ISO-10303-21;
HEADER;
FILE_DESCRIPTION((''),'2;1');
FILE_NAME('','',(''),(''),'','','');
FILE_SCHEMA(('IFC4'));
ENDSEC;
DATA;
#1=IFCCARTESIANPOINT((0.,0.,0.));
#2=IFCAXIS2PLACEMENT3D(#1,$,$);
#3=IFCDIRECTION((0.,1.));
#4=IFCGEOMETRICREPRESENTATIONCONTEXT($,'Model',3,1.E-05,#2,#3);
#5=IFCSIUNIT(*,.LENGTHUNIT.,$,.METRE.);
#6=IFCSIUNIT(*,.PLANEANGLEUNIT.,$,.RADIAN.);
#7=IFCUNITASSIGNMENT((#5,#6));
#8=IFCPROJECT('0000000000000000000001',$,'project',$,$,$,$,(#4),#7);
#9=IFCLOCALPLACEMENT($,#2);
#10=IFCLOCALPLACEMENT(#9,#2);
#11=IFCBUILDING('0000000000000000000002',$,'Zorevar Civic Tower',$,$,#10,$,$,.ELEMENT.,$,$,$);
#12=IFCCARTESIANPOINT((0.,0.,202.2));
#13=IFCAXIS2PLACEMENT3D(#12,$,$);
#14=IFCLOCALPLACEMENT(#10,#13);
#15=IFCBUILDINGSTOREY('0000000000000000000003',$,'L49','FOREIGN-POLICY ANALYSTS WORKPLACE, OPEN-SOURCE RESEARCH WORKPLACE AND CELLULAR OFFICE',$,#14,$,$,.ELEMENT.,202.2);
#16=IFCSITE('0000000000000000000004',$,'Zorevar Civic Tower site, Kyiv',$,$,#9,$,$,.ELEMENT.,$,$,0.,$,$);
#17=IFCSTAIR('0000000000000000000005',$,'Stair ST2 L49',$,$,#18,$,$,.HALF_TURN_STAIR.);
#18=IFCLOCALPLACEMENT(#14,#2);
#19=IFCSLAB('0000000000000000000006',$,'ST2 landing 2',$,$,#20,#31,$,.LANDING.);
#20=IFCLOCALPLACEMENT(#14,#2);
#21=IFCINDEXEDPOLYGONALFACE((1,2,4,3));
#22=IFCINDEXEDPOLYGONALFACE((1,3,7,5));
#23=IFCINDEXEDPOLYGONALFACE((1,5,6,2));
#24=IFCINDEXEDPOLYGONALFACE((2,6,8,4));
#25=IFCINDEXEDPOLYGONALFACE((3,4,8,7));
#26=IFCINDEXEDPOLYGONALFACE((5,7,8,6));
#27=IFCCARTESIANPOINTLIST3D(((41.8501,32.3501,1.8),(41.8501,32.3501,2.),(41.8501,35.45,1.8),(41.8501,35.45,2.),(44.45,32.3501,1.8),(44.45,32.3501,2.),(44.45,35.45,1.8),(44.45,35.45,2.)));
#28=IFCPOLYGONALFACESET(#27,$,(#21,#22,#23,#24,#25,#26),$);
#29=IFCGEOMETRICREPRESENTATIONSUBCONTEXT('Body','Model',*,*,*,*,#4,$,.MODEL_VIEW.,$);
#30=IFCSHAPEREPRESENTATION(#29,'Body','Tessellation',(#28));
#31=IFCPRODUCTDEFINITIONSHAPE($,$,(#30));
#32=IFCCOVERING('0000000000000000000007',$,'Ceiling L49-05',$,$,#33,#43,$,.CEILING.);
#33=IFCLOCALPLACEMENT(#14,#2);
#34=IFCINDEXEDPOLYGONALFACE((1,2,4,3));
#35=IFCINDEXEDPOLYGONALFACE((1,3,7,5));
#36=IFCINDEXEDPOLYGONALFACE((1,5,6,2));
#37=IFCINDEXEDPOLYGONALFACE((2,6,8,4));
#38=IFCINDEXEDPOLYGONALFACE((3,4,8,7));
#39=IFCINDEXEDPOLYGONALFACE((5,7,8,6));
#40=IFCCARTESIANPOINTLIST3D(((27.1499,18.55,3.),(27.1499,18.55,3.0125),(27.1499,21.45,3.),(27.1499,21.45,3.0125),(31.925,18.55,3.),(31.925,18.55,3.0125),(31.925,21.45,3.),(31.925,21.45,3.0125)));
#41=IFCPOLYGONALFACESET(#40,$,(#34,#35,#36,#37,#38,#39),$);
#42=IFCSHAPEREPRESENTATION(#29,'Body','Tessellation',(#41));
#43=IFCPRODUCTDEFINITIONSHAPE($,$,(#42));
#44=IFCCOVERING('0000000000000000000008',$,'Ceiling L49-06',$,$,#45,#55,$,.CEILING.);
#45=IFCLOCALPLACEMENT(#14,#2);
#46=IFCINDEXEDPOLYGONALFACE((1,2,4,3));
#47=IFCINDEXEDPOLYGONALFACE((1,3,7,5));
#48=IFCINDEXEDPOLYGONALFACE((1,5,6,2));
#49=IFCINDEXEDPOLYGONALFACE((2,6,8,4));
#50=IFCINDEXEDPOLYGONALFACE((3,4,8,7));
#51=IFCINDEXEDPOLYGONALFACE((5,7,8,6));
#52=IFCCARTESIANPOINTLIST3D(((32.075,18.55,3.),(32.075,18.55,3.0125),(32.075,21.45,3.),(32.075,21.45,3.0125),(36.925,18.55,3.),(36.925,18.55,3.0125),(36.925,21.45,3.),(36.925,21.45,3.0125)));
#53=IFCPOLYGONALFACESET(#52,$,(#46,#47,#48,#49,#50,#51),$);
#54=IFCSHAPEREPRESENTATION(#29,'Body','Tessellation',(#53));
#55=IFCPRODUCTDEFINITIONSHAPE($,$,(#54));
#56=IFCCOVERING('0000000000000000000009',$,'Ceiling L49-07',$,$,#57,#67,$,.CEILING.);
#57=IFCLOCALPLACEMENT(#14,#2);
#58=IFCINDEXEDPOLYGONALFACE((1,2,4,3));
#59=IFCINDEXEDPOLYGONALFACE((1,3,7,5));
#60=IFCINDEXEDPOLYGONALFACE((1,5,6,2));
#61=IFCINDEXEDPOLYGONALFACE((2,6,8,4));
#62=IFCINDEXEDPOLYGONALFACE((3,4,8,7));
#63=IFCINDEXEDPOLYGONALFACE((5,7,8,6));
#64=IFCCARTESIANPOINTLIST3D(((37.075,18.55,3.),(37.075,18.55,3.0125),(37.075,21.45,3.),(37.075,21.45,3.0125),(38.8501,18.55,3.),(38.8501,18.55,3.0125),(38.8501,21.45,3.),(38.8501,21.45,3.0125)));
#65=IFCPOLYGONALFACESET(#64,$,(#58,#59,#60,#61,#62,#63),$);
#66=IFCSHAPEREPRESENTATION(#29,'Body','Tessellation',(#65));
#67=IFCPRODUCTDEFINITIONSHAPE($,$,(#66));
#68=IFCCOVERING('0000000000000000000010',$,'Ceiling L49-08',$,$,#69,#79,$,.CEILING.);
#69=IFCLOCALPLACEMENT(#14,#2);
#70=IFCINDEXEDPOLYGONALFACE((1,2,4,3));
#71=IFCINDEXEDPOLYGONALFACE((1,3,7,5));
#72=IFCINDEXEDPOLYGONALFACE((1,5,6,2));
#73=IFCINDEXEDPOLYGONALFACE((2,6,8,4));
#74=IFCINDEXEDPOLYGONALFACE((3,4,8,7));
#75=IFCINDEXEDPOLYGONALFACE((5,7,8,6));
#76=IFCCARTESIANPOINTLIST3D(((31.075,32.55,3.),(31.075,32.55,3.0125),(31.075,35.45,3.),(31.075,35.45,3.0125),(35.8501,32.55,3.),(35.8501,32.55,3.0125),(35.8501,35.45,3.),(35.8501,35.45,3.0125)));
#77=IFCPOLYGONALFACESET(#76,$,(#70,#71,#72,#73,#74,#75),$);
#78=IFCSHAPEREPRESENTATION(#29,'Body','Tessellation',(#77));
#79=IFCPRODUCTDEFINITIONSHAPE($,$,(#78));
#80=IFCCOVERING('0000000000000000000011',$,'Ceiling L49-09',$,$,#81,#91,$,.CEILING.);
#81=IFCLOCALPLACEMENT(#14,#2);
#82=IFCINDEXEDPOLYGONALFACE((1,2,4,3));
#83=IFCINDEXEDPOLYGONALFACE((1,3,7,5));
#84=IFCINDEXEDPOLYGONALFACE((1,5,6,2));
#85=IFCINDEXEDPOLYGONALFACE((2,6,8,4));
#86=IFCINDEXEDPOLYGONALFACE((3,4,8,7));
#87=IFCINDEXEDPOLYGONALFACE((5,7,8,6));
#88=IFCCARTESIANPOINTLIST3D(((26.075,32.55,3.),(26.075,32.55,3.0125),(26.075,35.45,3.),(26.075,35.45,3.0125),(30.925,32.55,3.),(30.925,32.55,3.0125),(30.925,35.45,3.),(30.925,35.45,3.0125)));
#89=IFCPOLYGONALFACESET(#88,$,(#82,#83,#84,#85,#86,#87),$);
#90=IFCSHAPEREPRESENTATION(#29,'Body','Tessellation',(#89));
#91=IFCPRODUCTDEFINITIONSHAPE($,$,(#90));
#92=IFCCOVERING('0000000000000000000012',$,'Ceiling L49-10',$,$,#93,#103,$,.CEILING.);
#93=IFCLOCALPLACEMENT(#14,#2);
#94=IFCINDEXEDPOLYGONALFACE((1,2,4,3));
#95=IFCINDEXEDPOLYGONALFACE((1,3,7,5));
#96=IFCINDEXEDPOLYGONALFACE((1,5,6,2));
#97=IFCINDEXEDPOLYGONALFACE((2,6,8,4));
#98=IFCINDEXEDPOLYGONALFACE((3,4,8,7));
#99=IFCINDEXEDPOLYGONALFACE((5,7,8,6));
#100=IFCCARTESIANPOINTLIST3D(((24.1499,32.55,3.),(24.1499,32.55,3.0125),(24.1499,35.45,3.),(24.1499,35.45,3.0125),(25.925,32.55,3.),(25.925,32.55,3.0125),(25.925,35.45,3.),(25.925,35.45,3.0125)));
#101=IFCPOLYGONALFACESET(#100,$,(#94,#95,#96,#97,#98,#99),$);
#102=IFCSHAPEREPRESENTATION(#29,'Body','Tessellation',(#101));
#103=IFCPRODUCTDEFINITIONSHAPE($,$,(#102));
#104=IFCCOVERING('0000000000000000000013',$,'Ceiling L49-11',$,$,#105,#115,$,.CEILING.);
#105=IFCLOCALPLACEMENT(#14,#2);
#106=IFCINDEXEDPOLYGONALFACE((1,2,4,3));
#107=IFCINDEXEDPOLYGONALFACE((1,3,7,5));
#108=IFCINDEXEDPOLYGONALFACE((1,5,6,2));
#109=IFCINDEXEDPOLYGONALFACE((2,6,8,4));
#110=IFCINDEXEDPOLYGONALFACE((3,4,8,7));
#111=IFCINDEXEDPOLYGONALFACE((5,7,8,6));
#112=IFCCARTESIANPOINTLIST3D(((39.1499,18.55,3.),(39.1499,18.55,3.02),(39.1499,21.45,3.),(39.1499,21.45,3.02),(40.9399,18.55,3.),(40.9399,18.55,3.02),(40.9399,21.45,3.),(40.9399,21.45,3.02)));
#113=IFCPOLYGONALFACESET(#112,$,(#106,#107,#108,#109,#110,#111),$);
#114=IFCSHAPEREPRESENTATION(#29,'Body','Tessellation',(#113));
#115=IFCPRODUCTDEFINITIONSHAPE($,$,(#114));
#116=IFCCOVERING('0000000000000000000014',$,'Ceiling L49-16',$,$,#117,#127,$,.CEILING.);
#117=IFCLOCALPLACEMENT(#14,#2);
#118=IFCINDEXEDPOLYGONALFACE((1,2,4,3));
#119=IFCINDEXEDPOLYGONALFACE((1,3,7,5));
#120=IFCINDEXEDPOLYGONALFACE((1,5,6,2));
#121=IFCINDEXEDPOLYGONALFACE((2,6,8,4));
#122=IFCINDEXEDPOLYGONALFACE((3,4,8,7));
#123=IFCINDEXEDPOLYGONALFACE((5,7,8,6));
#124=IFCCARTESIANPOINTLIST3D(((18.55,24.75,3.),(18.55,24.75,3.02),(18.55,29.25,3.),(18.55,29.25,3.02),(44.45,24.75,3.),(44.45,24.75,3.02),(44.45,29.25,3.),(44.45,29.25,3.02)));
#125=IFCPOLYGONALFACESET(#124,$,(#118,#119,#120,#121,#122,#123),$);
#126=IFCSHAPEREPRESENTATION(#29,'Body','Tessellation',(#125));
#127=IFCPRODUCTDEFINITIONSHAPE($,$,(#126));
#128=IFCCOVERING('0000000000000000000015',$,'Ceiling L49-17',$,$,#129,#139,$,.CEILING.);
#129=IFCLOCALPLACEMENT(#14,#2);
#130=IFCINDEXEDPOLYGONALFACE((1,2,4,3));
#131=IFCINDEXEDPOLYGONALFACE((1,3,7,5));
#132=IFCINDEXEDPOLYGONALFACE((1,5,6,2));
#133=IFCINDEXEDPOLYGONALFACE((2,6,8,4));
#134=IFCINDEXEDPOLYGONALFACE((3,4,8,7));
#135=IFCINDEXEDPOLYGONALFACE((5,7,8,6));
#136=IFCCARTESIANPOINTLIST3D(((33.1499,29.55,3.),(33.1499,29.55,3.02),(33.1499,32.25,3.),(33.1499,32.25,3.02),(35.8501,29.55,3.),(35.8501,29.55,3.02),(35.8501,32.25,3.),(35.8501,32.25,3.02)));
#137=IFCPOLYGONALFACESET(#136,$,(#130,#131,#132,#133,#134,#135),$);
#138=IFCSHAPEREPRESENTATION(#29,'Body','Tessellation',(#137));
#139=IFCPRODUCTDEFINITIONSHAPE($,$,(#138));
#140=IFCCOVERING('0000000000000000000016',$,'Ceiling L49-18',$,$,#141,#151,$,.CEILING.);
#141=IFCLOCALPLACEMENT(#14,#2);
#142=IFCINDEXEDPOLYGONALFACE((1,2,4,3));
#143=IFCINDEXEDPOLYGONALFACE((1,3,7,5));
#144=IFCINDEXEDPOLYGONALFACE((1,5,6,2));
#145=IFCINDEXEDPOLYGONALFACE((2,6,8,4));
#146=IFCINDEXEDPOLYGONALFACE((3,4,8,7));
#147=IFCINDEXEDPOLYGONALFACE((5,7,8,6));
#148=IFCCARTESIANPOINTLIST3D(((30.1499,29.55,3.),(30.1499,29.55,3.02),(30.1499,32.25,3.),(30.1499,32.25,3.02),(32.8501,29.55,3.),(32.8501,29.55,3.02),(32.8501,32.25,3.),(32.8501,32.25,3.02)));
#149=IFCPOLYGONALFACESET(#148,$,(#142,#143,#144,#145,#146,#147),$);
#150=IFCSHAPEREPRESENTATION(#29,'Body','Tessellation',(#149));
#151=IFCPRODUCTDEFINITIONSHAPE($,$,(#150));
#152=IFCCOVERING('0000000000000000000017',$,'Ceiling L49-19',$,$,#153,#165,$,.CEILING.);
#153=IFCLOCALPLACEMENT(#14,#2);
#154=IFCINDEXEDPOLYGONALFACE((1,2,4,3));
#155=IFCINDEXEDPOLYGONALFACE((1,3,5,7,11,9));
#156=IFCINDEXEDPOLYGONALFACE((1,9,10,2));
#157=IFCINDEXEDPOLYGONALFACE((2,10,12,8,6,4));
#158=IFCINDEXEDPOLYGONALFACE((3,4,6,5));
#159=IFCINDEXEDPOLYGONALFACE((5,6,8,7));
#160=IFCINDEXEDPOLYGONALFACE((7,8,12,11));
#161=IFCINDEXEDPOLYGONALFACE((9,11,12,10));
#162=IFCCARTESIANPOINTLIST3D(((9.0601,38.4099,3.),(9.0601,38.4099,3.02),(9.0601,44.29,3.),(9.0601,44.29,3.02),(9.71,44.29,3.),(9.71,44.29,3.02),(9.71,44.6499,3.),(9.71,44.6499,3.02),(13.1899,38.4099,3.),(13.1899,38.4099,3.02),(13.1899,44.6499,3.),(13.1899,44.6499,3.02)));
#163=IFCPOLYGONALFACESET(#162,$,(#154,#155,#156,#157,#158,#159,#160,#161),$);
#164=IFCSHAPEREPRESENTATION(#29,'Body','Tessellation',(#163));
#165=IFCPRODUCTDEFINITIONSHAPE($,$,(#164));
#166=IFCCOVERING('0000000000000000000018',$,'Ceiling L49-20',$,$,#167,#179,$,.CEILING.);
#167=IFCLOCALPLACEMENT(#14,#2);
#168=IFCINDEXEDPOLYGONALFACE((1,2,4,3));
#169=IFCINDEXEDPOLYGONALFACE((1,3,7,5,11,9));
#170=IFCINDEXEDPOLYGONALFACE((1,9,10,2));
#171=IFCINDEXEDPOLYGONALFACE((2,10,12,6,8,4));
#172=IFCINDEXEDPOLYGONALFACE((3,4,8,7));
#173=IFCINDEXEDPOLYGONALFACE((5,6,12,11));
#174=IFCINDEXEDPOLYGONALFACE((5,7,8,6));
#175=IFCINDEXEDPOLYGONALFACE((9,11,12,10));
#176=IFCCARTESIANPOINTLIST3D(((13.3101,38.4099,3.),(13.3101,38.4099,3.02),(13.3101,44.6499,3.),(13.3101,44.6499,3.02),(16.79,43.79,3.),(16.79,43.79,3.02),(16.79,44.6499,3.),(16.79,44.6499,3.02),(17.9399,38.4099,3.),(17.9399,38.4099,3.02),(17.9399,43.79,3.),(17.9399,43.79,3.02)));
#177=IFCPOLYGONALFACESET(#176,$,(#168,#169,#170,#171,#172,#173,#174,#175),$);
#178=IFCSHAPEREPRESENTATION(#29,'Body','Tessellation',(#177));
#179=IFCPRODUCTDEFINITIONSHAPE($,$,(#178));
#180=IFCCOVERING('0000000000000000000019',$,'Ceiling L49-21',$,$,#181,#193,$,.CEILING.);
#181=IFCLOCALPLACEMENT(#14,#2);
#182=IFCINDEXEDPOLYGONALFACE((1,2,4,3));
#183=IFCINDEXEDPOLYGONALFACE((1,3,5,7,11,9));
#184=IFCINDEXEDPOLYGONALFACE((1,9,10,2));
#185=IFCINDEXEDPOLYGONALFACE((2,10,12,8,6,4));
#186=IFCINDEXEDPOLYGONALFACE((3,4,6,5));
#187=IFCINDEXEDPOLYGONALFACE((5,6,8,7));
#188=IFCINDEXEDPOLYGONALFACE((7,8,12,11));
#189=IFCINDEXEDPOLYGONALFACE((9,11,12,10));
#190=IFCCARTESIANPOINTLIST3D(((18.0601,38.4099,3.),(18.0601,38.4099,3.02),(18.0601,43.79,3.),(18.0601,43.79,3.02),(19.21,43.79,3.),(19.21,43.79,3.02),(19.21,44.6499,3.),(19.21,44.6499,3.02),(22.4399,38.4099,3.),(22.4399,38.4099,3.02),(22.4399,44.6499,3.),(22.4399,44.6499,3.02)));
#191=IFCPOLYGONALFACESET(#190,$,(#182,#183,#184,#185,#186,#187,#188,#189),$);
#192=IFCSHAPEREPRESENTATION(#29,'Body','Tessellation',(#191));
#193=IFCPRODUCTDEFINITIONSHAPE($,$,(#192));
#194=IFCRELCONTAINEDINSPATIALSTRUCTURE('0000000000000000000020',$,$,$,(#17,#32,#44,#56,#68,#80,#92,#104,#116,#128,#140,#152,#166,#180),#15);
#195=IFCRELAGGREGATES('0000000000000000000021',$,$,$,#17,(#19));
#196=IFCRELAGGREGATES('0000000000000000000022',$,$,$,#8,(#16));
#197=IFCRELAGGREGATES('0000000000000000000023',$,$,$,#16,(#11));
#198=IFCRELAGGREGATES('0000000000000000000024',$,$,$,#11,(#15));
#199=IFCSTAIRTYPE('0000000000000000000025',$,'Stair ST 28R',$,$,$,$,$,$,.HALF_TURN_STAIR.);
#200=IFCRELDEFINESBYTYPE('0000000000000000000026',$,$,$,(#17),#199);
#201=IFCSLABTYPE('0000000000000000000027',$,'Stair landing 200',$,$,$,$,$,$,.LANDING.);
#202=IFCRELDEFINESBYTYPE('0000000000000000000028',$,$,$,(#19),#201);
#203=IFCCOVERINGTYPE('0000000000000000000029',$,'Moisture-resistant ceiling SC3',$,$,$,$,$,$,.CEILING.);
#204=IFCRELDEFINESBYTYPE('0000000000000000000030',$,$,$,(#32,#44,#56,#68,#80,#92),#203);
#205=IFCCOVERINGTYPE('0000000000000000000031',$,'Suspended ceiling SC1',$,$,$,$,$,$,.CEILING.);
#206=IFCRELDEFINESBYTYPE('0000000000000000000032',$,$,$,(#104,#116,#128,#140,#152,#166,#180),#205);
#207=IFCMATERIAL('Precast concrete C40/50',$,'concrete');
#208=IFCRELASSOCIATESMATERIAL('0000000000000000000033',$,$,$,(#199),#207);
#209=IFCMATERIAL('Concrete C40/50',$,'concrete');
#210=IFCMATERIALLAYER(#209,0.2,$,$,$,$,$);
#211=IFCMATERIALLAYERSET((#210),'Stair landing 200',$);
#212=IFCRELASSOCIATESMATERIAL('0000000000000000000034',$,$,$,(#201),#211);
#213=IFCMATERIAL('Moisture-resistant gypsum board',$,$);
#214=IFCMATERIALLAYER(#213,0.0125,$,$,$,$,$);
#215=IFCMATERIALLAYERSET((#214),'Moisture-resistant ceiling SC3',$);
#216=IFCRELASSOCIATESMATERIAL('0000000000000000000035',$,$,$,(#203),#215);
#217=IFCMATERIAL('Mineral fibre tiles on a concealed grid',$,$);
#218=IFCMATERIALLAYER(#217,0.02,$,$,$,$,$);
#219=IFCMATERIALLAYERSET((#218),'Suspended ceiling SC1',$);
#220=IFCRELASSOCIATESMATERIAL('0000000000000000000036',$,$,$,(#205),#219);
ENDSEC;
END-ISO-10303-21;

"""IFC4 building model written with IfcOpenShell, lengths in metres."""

from ifc_helpers import new_model, si_unit, direction, frame, origin, place, context, subcontext, project, spatial, polyline, outline, extrude, material, layer, layer_set, type_object, element, aggregate, save


model = new_model("IFC4")

# Units and contexts
model_context = context("Model", 3, precision=1e-05, world=origin(), true_north=direction((0.0, 1.0)))
body_context = subcontext(model_context, "Body", "Model", "MODEL_VIEW")
ifc_project = project(units=[si_unit("LENGTHUNIT", "METRE"), si_unit("PLANEANGLEUNIT", "RADIAN")], contexts=[model_context])

# Site, building, storey
site_placement = place(None, origin())
site = spatial("IfcSite", under=ifc_project, at=site_placement, Name="Zorevar Civic Tower site, Kyiv", CompositionType="ELEMENT", RefElevation=0.0)
building_placement = place(site_placement, origin())
building = spatial("IfcBuilding", under=site, at=building_placement, Name="Zorevar Civic Tower", CompositionType="ELEMENT")
storey_placement = place(building_placement, frame((0.0, 0.0, 202.2)))
storey = spatial("IfcBuildingStorey", under=building, at=storey_placement, Name="L49", Description="FOREIGN-POLICY ANALYSTS WORKPLACE, OPEN-SOURCE RESEARCH WORKPLACE AND CELLULAR OFFICE", CompositionType="ELEMENT", Elevation=202.2)

# Stair, slab
ifc_material_1 = material(Name="Precast concrete C40/50", Category="concrete")
stair_type = type_object("IfcStairType", Name="Stair ST 28R", PredefinedType="HALF_TURN_STAIR", material=ifc_material_1)
ifc_material_2 = material(Name="Concrete C40/50", Category="concrete")
ifc_layer_1 = layer(ifc_material_2, 0.2)
ifc_layer_set_1 = layer_set([ifc_layer_1], Name="Stair landing 200")
slab_type_1 = type_object("IfcSlabType", Name="Stair landing 200", PredefinedType="LANDING", material=ifc_layer_set_1)
stair_1_placement = place(storey_placement, origin())
stair_1 = element("IfcStair", 1, at=stair_1_placement, inside=storey, type_object=stair_type, Name="Stair ST2 L49", PredefinedType="HALF_TURN_STAIR")
slab_1_placement = place(storey_placement, frame((0.0, 0.0, 1.8)))
slab_1 = element("IfcSlab", 2, at=slab_1_placement, type_object=slab_type_1, Name="ST2 landing 2", PredefinedType="LANDING", context=body_context, shape_type="SweptSolid", body=[
    extrude(outline(polyline([(44.45, 32.3501), (41.8501, 32.3501), (41.8501, 35.45), (44.45, 35.45), (44.45, 32.3501)])), origin(), (0.0, 0.0, 1.0), 0.2),
])
aggregate(stair_1, [slab_1])

# Coverings
ifc_material_3 = material(Name="Moisture-resistant gypsum board")
ifc_layer_2 = layer(ifc_material_3, 0.0125)
ifc_layer_set_2 = layer_set([ifc_layer_2], Name="Moisture-resistant ceiling SC3")
covering_type_1 = type_object("IfcCoveringType", Name="Moisture-resistant ceiling SC3", PredefinedType="CEILING", material=ifc_layer_set_2)
covering_1_placement = place(storey_placement, frame((0.0, 0.0, 3.0)))
element("IfcCovering", 3, at=covering_1_placement, inside=storey, type_object=covering_type_1, Name="Ceiling L49-05", PredefinedType="CEILING", context=body_context, shape_type="SweptSolid", body=[
    extrude(outline(polyline([(31.925, 18.55), (31.925, 21.45), (27.1499, 21.45), (27.1499, 18.55), (31.925, 18.55)])), origin(), (0.0, 0.0, 1.0), 0.0125),
])
covering_2_placement = place(storey_placement, frame((0.0, 0.0, 3.0)))
element("IfcCovering", 4, at=covering_2_placement, inside=storey, type_object=covering_type_1, Name="Ceiling L49-06", PredefinedType="CEILING", context=body_context, shape_type="SweptSolid", body=[
    extrude(outline(polyline([(36.925, 18.55), (36.925, 21.45), (32.075, 21.45), (32.075, 18.55), (36.925, 18.55)])), origin(), (0.0, 0.0, 1.0), 0.0125),
])
covering_3_placement = place(storey_placement, frame((0.0, 0.0, 3.0)))
element("IfcCovering", 5, at=covering_3_placement, inside=storey, type_object=covering_type_1, Name="Ceiling L49-07", PredefinedType="CEILING", context=body_context, shape_type="SweptSolid", body=[
    extrude(outline(polyline([(38.8501, 18.55), (38.8501, 21.45), (37.075, 21.45), (37.075, 18.55), (38.8501, 18.55)])), origin(), (0.0, 0.0, 1.0), 0.0125),
])
covering_4_placement = place(storey_placement, frame((0.0, 0.0, 3.0)))
element("IfcCovering", 6, at=covering_4_placement, inside=storey, type_object=covering_type_1, Name="Ceiling L49-08", PredefinedType="CEILING", context=body_context, shape_type="SweptSolid", body=[
    extrude(outline(polyline([(35.8501, 32.55), (35.8501, 35.45), (31.075, 35.45), (31.075, 32.55), (35.8501, 32.55)])), origin(), (0.0, 0.0, 1.0), 0.0125),
])
covering_5_placement = place(storey_placement, frame((0.0, 0.0, 3.0)))
element("IfcCovering", 7, at=covering_5_placement, inside=storey, type_object=covering_type_1, Name="Ceiling L49-09", PredefinedType="CEILING", context=body_context, shape_type="SweptSolid", body=[
    extrude(outline(polyline([(30.925, 32.55), (30.925, 35.45), (26.075, 35.45), (26.075, 32.55), (30.925, 32.55)])), origin(), (0.0, 0.0, 1.0), 0.0125),
])
covering_6_placement = place(storey_placement, frame((0.0, 0.0, 3.0)))
element("IfcCovering", 8, at=covering_6_placement, inside=storey, type_object=covering_type_1, Name="Ceiling L49-10", PredefinedType="CEILING", context=body_context, shape_type="SweptSolid", body=[
    extrude(outline(polyline([(25.925, 32.55), (25.925, 35.45), (24.1499, 35.45), (24.1499, 32.55), (25.925, 32.55)])), origin(), (0.0, 0.0, 1.0), 0.0125),
])
ifc_material_4 = material(Name="Mineral fibre tiles on a concealed grid")
ifc_layer_3 = layer(ifc_material_4, 0.02)
ifc_layer_set_3 = layer_set([ifc_layer_3], Name="Suspended ceiling SC1")
covering_type_2 = type_object("IfcCoveringType", Name="Suspended ceiling SC1", PredefinedType="CEILING", material=ifc_layer_set_3)
covering_7_placement = place(storey_placement, frame((0.0, 0.0, 3.0)))
element("IfcCovering", 9, at=covering_7_placement, inside=storey, type_object=covering_type_2, Name="Ceiling L49-11", PredefinedType="CEILING", context=body_context, shape_type="SweptSolid", body=[
    extrude(outline(polyline([(40.9399, 18.55), (40.9399, 21.45), (39.1499, 21.45), (39.1499, 18.55), (40.9399, 18.55)])), origin(), (0.0, 0.0, 1.0), 0.02),
])
covering_8_placement = place(storey_placement, frame((0.0, 0.0, 3.0)))
element("IfcCovering", 10, at=covering_8_placement, inside=storey, type_object=covering_type_2, Name="Ceiling L49-16", PredefinedType="CEILING", context=body_context, shape_type="SweptSolid", body=[
    extrude(outline(polyline([(44.45, 24.75), (44.45, 29.25), (18.55, 29.25), (18.55, 24.75), (44.45, 24.75)])), origin(), (0.0, 0.0, 1.0), 0.02),
])
covering_9_placement = place(storey_placement, frame((0.0, 0.0, 3.0)))
element("IfcCovering", 11, at=covering_9_placement, inside=storey, type_object=covering_type_2, Name="Ceiling L49-17", PredefinedType="CEILING", context=body_context, shape_type="SweptSolid", body=[
    extrude(outline(polyline([(35.8501, 29.55), (35.8501, 32.25), (33.1499, 32.25), (33.1499, 29.55), (35.8501, 29.55)])), origin(), (0.0, 0.0, 1.0), 0.02),
])
covering_10_placement = place(storey_placement, frame((0.0, 0.0, 3.0)))
element("IfcCovering", 12, at=covering_10_placement, inside=storey, type_object=covering_type_2, Name="Ceiling L49-18", PredefinedType="CEILING", context=body_context, shape_type="SweptSolid", body=[
    extrude(outline(polyline([(32.8501, 29.55), (32.8501, 32.25), (30.1499, 32.25), (30.1499, 29.55), (32.8501, 29.55)])), origin(), (0.0, 0.0, 1.0), 0.02),
])
covering_11_placement = place(storey_placement, frame((0.0, 0.0, 3.0)))
element("IfcCovering", 13, at=covering_11_placement, inside=storey, type_object=covering_type_2, Name="Ceiling L49-19", PredefinedType="CEILING", context=body_context, shape_type="SweptSolid", body=[
    extrude(outline(polyline([(9.0601, 38.4099), (9.0601, 44.29), (9.71, 44.29), (9.71, 44.6499), (13.1899, 44.6499), (13.1899, 38.4099), (9.0601, 38.4099)])), origin(), (0.0, 0.0, 1.0), 0.02),
])
covering_12_placement = place(storey_placement, frame((0.0, 0.0, 3.0)))
element("IfcCovering", 14, at=covering_12_placement, inside=storey, type_object=covering_type_2, Name="Ceiling L49-20", PredefinedType="CEILING", context=body_context, shape_type="SweptSolid", body=[
    extrude(outline(polyline([(13.3101, 38.4099), (13.3101, 44.6499), (16.79, 44.6499), (16.79, 43.79), (17.9399, 43.79), (17.9399, 38.4099), (13.3101, 38.4099)])), origin(), (0.0, 0.0, 1.0), 0.02),
])
covering_13_placement = place(storey_placement, frame((0.0, 0.0, 3.0)))
element("IfcCovering", 15, at=covering_13_placement, inside=storey, type_object=covering_type_2, Name="Ceiling L49-21", PredefinedType="CEILING", context=body_context, shape_type="SweptSolid", body=[
    extrude(outline(polyline([(18.0601, 38.4099), (18.0601, 43.79), (19.21, 43.79), (19.21, 44.6499), (22.4399, 44.6499), (22.4399, 38.4099), (18.0601, 38.4099)])), origin(), (0.0, 0.0, 1.0), 0.02),
])

save(model, "model.ifc")
